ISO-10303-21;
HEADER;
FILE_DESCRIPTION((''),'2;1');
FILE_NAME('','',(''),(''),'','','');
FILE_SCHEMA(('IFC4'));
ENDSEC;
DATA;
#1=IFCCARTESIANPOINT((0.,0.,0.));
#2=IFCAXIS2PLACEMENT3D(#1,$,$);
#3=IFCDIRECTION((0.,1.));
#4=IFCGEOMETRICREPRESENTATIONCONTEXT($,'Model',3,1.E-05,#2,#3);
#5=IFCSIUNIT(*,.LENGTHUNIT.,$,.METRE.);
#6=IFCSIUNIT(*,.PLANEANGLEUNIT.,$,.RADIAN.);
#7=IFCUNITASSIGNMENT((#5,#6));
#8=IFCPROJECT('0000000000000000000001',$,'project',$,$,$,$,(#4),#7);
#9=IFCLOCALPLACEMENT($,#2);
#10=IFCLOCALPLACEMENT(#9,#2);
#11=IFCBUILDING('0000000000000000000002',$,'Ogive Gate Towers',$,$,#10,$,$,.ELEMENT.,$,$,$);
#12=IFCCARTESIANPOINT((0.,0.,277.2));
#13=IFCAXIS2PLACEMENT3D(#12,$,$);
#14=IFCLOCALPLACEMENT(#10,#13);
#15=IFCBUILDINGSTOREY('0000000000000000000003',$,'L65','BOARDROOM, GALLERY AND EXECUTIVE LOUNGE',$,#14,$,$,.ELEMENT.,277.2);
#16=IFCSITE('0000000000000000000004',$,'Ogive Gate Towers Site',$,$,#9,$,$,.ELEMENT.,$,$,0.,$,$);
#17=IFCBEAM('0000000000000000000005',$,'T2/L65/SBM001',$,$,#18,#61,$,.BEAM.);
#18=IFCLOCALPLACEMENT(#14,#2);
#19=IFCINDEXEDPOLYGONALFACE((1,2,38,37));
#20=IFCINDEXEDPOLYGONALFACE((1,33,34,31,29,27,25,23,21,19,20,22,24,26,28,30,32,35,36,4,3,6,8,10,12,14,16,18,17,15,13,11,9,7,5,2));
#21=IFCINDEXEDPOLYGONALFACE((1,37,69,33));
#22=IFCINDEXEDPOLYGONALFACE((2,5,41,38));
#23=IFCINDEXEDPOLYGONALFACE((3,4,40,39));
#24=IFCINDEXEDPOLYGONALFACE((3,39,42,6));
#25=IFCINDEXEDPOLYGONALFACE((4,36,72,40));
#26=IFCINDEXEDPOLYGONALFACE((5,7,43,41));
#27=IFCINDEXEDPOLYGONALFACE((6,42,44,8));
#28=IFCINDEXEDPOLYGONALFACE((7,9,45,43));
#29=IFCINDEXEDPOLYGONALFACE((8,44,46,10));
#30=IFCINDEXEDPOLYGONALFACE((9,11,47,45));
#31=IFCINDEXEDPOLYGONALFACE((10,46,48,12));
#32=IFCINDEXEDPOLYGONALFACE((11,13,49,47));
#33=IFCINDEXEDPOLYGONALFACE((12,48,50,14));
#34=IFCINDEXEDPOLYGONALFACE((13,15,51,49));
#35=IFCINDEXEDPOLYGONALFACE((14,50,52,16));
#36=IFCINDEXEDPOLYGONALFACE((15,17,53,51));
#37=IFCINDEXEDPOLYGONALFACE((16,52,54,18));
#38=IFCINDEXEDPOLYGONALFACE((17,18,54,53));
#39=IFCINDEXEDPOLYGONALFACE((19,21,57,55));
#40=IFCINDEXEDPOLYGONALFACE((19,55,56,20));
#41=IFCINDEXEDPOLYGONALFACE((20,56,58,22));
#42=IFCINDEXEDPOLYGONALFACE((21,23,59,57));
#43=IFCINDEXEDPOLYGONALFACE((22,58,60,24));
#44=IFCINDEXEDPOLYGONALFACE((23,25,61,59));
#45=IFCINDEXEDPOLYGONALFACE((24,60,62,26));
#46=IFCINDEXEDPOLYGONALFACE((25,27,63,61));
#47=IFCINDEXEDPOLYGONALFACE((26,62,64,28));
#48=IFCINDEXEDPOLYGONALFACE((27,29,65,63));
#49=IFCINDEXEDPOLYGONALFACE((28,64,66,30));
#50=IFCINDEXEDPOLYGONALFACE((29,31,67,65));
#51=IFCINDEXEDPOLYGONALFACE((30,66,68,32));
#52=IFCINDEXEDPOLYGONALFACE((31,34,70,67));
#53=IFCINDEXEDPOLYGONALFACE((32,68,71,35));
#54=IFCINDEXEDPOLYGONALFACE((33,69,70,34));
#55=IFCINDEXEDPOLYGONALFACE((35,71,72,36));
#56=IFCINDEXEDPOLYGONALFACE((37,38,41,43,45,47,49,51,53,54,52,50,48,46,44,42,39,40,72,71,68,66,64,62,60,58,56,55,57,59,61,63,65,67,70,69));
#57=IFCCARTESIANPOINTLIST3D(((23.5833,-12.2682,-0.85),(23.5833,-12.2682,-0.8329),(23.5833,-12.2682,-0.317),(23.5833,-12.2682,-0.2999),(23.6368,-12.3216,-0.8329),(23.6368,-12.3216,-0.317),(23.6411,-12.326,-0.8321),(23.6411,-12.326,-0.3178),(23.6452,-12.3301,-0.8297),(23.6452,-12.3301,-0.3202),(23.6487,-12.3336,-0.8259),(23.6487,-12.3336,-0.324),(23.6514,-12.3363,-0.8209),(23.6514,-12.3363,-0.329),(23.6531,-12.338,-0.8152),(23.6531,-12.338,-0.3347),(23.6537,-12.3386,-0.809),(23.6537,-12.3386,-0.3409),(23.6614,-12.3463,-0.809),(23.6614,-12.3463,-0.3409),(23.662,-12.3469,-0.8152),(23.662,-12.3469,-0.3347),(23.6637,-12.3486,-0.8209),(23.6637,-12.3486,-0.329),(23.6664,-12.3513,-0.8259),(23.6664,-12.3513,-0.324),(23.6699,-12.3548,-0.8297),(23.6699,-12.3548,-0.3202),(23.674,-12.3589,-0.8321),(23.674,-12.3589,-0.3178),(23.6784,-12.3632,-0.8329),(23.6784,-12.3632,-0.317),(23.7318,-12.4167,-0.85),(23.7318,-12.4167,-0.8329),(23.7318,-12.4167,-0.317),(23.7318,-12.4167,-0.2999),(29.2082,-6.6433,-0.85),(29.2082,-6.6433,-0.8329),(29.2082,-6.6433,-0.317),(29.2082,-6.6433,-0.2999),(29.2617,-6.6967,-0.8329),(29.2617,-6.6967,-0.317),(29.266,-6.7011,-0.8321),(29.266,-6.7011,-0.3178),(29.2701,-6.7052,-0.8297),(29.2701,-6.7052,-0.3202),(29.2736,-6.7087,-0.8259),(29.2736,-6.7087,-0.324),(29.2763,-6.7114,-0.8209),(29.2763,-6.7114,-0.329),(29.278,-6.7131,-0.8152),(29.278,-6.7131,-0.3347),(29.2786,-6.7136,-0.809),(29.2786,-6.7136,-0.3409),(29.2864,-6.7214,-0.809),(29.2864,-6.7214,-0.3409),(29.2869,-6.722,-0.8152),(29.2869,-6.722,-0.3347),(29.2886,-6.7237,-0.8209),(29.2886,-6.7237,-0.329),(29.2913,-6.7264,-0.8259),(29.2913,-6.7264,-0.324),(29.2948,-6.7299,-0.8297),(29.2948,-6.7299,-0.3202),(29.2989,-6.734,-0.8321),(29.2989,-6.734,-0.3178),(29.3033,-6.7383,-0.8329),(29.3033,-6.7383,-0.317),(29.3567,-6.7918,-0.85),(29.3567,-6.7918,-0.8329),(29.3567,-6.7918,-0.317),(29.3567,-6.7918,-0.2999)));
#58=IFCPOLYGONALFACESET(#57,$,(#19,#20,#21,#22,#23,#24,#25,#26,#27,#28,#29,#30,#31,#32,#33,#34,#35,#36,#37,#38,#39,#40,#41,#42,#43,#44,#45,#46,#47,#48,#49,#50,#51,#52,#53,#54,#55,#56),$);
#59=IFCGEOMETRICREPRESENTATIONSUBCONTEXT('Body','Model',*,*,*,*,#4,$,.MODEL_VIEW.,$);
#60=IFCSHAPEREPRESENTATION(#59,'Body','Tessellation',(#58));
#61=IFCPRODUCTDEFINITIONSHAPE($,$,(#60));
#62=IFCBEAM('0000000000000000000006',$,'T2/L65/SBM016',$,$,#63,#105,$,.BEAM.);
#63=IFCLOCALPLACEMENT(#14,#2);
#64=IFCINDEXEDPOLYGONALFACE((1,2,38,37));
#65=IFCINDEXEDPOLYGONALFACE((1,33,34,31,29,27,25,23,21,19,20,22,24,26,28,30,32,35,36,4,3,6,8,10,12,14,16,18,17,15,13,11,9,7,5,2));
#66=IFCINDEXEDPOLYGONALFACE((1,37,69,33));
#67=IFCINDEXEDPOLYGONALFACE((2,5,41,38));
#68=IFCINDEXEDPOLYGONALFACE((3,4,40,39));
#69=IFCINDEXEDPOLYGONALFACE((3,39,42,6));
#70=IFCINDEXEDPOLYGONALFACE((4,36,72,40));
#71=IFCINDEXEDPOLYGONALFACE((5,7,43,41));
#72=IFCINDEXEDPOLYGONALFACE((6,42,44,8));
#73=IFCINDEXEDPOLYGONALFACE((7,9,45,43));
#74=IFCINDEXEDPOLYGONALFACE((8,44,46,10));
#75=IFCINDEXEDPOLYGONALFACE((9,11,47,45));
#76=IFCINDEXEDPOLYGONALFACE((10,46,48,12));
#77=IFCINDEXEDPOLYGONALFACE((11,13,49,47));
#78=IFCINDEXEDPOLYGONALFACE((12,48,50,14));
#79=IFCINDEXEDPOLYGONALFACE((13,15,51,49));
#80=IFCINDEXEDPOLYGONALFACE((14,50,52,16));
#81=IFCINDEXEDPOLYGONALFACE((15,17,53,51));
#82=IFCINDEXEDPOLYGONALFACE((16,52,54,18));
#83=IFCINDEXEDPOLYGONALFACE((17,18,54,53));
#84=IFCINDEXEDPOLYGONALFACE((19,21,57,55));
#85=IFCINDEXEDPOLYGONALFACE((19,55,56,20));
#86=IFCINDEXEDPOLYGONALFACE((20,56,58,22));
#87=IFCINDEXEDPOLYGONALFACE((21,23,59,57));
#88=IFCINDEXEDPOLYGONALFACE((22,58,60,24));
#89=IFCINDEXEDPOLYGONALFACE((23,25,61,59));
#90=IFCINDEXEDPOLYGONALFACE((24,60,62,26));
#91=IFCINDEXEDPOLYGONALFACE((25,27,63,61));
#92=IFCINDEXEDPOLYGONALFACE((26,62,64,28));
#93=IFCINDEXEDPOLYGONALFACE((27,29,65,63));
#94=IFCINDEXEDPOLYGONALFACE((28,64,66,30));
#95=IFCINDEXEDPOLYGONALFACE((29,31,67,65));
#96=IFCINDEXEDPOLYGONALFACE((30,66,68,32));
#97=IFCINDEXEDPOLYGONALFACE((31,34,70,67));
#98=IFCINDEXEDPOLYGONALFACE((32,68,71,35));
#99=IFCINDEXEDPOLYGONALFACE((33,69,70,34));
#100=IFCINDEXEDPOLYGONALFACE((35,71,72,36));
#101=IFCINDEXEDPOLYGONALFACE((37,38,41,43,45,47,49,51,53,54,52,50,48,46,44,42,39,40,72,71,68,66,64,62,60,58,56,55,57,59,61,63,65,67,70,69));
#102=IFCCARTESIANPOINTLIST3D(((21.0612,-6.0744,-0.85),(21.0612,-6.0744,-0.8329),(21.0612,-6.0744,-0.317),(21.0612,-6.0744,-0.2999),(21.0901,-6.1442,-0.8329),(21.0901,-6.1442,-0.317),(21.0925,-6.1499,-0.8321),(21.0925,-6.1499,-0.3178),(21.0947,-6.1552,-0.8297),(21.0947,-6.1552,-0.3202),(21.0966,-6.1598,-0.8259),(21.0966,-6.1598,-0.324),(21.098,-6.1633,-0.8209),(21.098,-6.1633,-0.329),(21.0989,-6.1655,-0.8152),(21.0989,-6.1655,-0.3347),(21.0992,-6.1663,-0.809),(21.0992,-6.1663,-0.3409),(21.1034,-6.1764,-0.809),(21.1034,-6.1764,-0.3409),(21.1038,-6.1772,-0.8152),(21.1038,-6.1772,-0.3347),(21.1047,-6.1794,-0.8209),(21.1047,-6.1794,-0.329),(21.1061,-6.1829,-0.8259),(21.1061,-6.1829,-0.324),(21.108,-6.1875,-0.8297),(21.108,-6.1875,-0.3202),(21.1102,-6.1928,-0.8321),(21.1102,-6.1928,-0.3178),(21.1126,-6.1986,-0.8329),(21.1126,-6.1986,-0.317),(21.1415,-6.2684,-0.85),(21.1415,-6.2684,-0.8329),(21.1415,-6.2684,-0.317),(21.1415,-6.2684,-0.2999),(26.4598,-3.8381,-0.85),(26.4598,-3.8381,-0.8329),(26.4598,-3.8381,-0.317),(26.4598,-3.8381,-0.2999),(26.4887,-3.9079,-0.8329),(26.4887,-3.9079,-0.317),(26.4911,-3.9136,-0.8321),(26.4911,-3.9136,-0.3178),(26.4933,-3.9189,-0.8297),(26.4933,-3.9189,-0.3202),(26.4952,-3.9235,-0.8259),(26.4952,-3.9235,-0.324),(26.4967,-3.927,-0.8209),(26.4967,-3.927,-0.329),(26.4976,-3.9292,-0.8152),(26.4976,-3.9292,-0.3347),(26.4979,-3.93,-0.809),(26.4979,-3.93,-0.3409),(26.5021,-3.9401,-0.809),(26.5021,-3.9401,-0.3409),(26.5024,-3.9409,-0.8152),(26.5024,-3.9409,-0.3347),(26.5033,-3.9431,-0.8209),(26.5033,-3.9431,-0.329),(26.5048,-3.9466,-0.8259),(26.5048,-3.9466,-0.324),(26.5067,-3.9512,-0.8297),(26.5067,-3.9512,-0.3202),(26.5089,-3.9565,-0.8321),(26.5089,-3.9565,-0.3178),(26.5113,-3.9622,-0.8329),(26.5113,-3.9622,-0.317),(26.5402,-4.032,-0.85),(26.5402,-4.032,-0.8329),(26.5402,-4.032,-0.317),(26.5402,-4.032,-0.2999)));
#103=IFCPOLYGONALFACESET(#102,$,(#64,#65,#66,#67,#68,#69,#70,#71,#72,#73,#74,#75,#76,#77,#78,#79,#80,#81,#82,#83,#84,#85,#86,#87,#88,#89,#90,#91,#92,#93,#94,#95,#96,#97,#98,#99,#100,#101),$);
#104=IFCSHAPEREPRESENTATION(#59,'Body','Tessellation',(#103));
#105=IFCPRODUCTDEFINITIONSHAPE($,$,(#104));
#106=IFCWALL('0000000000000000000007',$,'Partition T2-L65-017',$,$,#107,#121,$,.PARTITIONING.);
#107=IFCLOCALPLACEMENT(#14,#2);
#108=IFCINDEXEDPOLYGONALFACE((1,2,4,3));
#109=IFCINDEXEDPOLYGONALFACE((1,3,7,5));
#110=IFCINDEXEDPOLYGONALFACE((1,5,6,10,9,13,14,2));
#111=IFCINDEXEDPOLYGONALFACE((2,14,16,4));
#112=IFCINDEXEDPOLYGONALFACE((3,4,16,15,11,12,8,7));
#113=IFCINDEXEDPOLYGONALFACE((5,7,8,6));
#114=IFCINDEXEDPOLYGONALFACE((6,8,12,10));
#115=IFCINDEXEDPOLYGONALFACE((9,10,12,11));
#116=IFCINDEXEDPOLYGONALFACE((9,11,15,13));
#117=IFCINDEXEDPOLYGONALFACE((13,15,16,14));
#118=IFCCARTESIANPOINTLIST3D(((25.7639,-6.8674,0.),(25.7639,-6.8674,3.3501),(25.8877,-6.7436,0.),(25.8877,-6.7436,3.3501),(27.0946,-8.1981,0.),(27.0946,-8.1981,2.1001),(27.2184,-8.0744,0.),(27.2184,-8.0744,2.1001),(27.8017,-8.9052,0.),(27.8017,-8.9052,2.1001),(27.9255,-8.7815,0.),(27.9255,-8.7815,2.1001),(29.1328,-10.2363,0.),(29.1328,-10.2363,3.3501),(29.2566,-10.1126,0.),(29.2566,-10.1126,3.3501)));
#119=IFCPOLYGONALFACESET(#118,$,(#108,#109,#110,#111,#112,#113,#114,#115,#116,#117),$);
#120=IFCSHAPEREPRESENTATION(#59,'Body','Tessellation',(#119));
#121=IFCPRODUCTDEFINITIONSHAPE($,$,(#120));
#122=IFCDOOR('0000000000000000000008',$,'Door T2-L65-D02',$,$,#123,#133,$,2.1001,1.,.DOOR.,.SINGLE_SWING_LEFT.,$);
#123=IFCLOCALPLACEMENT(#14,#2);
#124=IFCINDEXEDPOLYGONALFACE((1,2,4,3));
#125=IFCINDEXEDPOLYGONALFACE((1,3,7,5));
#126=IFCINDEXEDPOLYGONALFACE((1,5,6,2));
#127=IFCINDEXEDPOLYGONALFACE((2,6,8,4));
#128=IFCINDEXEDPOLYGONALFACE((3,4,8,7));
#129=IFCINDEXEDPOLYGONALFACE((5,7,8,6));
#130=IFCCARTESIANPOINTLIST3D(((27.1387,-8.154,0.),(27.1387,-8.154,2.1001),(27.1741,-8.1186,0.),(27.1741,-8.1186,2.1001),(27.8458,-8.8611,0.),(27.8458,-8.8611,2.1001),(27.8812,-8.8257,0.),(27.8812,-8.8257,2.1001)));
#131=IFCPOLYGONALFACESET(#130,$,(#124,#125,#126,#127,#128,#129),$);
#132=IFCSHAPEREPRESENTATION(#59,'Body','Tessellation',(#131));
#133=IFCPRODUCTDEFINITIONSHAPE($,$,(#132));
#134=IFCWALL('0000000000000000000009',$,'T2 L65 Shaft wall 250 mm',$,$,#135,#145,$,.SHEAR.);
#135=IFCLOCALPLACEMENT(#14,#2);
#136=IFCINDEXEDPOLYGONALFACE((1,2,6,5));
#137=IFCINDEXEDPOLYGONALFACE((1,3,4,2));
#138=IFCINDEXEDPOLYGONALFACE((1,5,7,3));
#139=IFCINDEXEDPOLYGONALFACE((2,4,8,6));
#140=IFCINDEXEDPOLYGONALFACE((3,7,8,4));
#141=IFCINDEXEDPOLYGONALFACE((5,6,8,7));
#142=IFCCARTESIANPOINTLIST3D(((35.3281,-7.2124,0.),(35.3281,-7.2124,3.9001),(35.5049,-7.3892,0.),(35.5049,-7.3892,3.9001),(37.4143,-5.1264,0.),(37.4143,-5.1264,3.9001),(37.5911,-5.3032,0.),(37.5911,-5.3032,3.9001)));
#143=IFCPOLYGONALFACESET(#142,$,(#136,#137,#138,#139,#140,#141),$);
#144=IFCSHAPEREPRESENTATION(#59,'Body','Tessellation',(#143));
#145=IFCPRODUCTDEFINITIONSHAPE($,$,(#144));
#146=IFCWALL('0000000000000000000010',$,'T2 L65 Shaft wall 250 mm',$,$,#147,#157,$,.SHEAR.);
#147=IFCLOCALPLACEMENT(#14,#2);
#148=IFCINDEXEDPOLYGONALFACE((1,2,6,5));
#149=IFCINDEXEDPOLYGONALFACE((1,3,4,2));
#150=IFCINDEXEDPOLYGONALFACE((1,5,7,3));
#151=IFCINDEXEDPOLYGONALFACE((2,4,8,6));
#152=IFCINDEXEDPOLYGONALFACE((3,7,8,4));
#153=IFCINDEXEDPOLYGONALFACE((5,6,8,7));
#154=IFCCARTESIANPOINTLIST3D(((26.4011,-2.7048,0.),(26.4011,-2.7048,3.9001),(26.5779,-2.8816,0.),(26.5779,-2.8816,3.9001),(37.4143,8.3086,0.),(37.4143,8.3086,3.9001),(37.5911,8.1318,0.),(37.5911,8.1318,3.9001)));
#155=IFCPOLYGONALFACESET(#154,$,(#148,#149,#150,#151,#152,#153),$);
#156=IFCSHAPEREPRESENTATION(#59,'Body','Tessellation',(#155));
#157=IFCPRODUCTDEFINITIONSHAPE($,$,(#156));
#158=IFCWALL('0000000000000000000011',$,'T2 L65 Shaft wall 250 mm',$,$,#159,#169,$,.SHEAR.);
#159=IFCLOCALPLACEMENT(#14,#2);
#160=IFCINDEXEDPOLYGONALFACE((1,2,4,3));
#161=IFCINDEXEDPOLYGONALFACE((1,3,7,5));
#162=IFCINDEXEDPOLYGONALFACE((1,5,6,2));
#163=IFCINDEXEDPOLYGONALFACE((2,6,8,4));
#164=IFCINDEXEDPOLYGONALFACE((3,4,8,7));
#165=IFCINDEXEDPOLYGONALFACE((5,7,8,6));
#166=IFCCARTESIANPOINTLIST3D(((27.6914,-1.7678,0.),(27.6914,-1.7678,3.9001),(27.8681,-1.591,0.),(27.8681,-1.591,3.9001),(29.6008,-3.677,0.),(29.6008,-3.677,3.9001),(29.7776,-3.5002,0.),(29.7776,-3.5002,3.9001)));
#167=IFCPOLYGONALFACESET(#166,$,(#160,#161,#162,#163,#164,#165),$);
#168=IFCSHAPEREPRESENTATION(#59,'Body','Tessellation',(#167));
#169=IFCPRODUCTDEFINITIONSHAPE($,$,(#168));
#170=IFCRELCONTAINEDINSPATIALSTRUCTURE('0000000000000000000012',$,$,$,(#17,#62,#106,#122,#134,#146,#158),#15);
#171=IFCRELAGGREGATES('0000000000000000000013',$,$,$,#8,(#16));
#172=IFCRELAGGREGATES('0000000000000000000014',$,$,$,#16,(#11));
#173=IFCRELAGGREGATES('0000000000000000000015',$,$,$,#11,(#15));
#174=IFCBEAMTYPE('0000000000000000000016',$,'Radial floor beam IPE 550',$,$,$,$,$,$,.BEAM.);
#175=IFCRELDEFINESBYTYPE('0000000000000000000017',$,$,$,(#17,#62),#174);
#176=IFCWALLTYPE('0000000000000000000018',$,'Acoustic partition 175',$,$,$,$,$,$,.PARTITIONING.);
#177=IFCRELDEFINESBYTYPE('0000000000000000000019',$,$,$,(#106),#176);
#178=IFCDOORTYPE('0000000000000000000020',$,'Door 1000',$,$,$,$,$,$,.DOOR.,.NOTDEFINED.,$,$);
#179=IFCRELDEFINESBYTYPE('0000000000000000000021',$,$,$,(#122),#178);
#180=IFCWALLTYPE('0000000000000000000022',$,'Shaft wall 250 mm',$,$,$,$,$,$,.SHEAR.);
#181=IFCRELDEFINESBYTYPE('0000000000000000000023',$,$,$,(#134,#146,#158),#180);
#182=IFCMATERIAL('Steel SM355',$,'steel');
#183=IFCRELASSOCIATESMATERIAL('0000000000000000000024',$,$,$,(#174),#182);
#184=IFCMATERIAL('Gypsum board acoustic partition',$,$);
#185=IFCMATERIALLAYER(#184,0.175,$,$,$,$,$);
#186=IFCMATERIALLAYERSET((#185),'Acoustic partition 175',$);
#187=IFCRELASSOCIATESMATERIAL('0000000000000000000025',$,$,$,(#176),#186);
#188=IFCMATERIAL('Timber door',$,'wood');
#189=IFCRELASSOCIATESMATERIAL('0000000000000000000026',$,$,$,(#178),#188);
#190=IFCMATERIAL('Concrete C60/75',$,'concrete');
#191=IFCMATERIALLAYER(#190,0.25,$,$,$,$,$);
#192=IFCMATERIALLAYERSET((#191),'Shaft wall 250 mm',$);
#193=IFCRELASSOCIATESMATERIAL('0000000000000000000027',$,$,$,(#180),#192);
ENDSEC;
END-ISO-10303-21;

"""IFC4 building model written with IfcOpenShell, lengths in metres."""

from ifc_helpers import new_model, si_unit, direction, frame, frame_2d, origin, origin_2d, place, context, subcontext, project, spatial, rectangle, i_section, extrude, material, layer, layer_set, material_profile, profile_set, type_object, element, fill, save


model = new_model("IFC4")

# Units and contexts
model_context = context("Model", 3, precision=1e-05, world=origin(), true_north=direction((0.0, 1.0)))
body_context = subcontext(model_context, "Body", "Model", "MODEL_VIEW")
ifc_project = project(units=[si_unit("LENGTHUNIT", "METRE"), si_unit("PLANEANGLEUNIT", "RADIAN")], contexts=[model_context])

# Site, building, storey
site_placement = place(None, origin())
site = spatial("IfcSite", under=ifc_project, at=site_placement, Name="Ogive Gate Towers Site", CompositionType="ELEMENT", RefElevation=0.0)
building_placement = place(site_placement, origin())
building = spatial("IfcBuilding", under=site, at=building_placement, Name="Ogive Gate Towers", CompositionType="ELEMENT")
storey_placement = place(building_placement, frame((0.0, 0.0, 277.2)))
storey = spatial("IfcBuildingStorey", under=building, at=storey_placement, Name="L65", Description="BOARDROOM, GALLERY AND EXECUTIVE LOUNGE", CompositionType="ELEMENT", Elevation=277.2)

# Beams
ifc_material_1 = material(Name="Steel SM355", Category="steel")
ifc_material_profile = material_profile(ifc_material_1, i_section(OverallWidth=0.21, OverallDepth=0.55, WebThickness=0.011, FlangeThickness=0.0171, FilletRadius=0.0239, at=origin_2d()), Name="IPE 550")
ifc_profile_set = profile_set([ifc_material_profile], Name="Steel SM355")
beam_type = type_object("IfcBeamType", Name="Radial floor beam IPE 550", PredefinedType="BEAM", material=ifc_profile_set)
beam_1_placement = place(storey_placement, frame((29.2825, -6.7175, -0.575), z_axis=(-0.707107, -0.707107, 0.0), x_axis=(0.707107, -0.707107, 0.0)))
element("IfcBeam", 1, at=beam_1_placement, inside=storey, type_object=beam_type, Name="T2/L65/SBM001", PredefinedType="BEAM", context=body_context, shape_type="SweptSolid", body=[
    extrude(i_section(OverallWidth=0.21, OverallDepth=0.55, WebThickness=0.011, FlangeThickness=0.0171, FilletRadius=0.0239, at=origin_2d()), origin(), (0.0, 0.0, 1.0), 7.9548),
])
beam_2_placement = place(storey_placement, frame((26.5, -3.9351, -0.575), z_axis=(-0.923872, -0.382701, 0.0), x_axis=(0.382701, -0.923872, 0.0)))
element("IfcBeam", 2, at=beam_2_placement, inside=storey, type_object=beam_type, Name="T2/L65/SBM016", PredefinedType="BEAM", context=body_context, shape_type="SweptSolid", body=[
    extrude(i_section(OverallWidth=0.21, OverallDepth=0.55, WebThickness=0.011, FlangeThickness=0.0171, FilletRadius=0.0239, at=origin_2d()), origin(), (0.0, 0.0, 1.0), 5.8435),
])

# Wall, opening, door
ifc_material_2 = material(Name="Gypsum board acoustic partition")
ifc_layer_1 = layer(ifc_material_2, 0.175)
ifc_layer_set_1 = layer_set([ifc_layer_1], Name="Acoustic partition 175")
wall_type_1 = type_object("IfcWallType", Name="Acoustic partition 175", PredefinedType="PARTITIONING", material=ifc_layer_set_1)
wall_1_placement = place(storey_placement, frame((25.8257, -6.8054, 0.0), z_axis=(0.0, 0.0, 1.0), x_axis=(0.707107, -0.707107, 0.0)))
wall_1 = element("IfcWall", 3, at=wall_1_placement, inside=storey, type_object=wall_type_1, Name="Partition T2-L65-017", PredefinedType="PARTITIONING", context=body_context, shape_type="SweptSolid", body=[
    extrude(rectangle(XDim=4.7644, YDim=0.175, at=frame_2d((2.3823, 0.0))), origin(), (0.0, 0.0, 1.0), 3.3501),
])
opening_1_placement = place(wall_1_placement, frame((1.8821, 0.0, 0.0)))
opening_1 = element("IfcOpeningElement", 4, at=opening_1_placement, cuts=wall_1, PredefinedType="OPENING", context=body_context, shape_type="SweptSolid", body=[
    extrude(rectangle(XDim=1.0, YDim=2.1001, at=frame_2d((0.5, 1.05))), frame((0.0, 0.0977, 0.0), z_axis=(0.0, -1.0, 0.0), x_axis=(1.0, 0.0, 0.0)), (0.0, 0.0, 1.0), 0.1951),
])
ifc_material_3 = material(Name="Timber door", Category="wood")
door_type_1 = type_object("IfcDoorType", Name="Door 1000", OperationType="NOTDEFINED", PredefinedType="DOOR", material=ifc_material_3)
door_1_placement = place(opening_1_placement, origin())
door_1 = element("IfcDoor", 5, at=door_1_placement, inside=storey, type_object=door_type_1, Name="Door T2-L65-D02", OperationType="SINGLE_SWING_LEFT", OverallHeight=2.1001, OverallWidth=1.0, PredefinedType="DOOR", context=body_context, shape_type="SweptSolid", body=[
    extrude(rectangle(XDim=1.0, YDim=2.1001, at=frame_2d((0.5, 1.05))), frame((0.0, 0.0249, 0.0), z_axis=(0.0, -1.0, 0.0), x_axis=(1.0, 0.0, 0.0)), (0.0, 0.0, 1.0), 0.05),
])
fill(opening_1, door_1)

# Walls
ifc_material_4 = material(Name="Concrete C60/75", Category="concrete")
ifc_layer_2 = layer(ifc_material_4, 0.25)
ifc_layer_set_2 = layer_set([ifc_layer_2], Name="Shaft wall 250 mm")
wall_type_2 = type_object("IfcWallType", Name="Shaft wall 250 mm", PredefinedType="SHEAR", material=ifc_layer_set_2)
wall_2_placement = place(storey_placement, frame((35.4165, -7.3008, 0.0), z_axis=(0.0, 0.0, 1.0), x_axis=(0.707148, 0.707065, 0.0)))
element("IfcWall", 6, at=wall_2_placement, inside=storey, type_object=wall_type_2, Name="T2 L65 Shaft wall 250 mm", PredefinedType="SHEAR", context=body_context, shape_type="SweptSolid", body=[
    extrude(rectangle(XDim=2.9502, YDim=0.25, at=frame_2d((1.4751, 0.0))), origin(), (0.0, 0.0, 1.0), 3.9001),
])
wall_3_placement = place(storey_placement, frame((26.4895, -2.7932, 0.0), z_axis=(0.0, 0.0, 1.0), x_axis=(0.707099, 0.707115, 0.0)))
element("IfcWall", 7, at=wall_3_placement, inside=storey, type_object=wall_type_2, Name="T2 L65 Shaft wall 250 mm", PredefinedType="SHEAR", context=body_context, shape_type="SweptSolid", body=[
    extrude(rectangle(XDim=15.5752, YDim=0.25, at=frame_2d((7.7876, 0.0))), origin(), (0.0, 0.0, 1.0), 3.9001),
])
wall_4_placement = place(storey_placement, frame((29.6892, -3.5886, 0.0), z_axis=(0.0, 0.0, 1.0), x_axis=(-0.707152, 0.707062, 0.0)))
element("IfcWall", 8, at=wall_4_placement, inside=storey, type_object=wall_type_2, Name="T2 L65 Shaft wall 250 mm", PredefinedType="SHEAR", context=body_context, shape_type="SweptSolid", body=[
    extrude(rectangle(XDim=2.7002, YDim=0.25, at=frame_2d((1.3501, 0.0))), origin(), (0.0, 0.0, 1.0), 3.9001),
])

save(model, "model.ifc")
